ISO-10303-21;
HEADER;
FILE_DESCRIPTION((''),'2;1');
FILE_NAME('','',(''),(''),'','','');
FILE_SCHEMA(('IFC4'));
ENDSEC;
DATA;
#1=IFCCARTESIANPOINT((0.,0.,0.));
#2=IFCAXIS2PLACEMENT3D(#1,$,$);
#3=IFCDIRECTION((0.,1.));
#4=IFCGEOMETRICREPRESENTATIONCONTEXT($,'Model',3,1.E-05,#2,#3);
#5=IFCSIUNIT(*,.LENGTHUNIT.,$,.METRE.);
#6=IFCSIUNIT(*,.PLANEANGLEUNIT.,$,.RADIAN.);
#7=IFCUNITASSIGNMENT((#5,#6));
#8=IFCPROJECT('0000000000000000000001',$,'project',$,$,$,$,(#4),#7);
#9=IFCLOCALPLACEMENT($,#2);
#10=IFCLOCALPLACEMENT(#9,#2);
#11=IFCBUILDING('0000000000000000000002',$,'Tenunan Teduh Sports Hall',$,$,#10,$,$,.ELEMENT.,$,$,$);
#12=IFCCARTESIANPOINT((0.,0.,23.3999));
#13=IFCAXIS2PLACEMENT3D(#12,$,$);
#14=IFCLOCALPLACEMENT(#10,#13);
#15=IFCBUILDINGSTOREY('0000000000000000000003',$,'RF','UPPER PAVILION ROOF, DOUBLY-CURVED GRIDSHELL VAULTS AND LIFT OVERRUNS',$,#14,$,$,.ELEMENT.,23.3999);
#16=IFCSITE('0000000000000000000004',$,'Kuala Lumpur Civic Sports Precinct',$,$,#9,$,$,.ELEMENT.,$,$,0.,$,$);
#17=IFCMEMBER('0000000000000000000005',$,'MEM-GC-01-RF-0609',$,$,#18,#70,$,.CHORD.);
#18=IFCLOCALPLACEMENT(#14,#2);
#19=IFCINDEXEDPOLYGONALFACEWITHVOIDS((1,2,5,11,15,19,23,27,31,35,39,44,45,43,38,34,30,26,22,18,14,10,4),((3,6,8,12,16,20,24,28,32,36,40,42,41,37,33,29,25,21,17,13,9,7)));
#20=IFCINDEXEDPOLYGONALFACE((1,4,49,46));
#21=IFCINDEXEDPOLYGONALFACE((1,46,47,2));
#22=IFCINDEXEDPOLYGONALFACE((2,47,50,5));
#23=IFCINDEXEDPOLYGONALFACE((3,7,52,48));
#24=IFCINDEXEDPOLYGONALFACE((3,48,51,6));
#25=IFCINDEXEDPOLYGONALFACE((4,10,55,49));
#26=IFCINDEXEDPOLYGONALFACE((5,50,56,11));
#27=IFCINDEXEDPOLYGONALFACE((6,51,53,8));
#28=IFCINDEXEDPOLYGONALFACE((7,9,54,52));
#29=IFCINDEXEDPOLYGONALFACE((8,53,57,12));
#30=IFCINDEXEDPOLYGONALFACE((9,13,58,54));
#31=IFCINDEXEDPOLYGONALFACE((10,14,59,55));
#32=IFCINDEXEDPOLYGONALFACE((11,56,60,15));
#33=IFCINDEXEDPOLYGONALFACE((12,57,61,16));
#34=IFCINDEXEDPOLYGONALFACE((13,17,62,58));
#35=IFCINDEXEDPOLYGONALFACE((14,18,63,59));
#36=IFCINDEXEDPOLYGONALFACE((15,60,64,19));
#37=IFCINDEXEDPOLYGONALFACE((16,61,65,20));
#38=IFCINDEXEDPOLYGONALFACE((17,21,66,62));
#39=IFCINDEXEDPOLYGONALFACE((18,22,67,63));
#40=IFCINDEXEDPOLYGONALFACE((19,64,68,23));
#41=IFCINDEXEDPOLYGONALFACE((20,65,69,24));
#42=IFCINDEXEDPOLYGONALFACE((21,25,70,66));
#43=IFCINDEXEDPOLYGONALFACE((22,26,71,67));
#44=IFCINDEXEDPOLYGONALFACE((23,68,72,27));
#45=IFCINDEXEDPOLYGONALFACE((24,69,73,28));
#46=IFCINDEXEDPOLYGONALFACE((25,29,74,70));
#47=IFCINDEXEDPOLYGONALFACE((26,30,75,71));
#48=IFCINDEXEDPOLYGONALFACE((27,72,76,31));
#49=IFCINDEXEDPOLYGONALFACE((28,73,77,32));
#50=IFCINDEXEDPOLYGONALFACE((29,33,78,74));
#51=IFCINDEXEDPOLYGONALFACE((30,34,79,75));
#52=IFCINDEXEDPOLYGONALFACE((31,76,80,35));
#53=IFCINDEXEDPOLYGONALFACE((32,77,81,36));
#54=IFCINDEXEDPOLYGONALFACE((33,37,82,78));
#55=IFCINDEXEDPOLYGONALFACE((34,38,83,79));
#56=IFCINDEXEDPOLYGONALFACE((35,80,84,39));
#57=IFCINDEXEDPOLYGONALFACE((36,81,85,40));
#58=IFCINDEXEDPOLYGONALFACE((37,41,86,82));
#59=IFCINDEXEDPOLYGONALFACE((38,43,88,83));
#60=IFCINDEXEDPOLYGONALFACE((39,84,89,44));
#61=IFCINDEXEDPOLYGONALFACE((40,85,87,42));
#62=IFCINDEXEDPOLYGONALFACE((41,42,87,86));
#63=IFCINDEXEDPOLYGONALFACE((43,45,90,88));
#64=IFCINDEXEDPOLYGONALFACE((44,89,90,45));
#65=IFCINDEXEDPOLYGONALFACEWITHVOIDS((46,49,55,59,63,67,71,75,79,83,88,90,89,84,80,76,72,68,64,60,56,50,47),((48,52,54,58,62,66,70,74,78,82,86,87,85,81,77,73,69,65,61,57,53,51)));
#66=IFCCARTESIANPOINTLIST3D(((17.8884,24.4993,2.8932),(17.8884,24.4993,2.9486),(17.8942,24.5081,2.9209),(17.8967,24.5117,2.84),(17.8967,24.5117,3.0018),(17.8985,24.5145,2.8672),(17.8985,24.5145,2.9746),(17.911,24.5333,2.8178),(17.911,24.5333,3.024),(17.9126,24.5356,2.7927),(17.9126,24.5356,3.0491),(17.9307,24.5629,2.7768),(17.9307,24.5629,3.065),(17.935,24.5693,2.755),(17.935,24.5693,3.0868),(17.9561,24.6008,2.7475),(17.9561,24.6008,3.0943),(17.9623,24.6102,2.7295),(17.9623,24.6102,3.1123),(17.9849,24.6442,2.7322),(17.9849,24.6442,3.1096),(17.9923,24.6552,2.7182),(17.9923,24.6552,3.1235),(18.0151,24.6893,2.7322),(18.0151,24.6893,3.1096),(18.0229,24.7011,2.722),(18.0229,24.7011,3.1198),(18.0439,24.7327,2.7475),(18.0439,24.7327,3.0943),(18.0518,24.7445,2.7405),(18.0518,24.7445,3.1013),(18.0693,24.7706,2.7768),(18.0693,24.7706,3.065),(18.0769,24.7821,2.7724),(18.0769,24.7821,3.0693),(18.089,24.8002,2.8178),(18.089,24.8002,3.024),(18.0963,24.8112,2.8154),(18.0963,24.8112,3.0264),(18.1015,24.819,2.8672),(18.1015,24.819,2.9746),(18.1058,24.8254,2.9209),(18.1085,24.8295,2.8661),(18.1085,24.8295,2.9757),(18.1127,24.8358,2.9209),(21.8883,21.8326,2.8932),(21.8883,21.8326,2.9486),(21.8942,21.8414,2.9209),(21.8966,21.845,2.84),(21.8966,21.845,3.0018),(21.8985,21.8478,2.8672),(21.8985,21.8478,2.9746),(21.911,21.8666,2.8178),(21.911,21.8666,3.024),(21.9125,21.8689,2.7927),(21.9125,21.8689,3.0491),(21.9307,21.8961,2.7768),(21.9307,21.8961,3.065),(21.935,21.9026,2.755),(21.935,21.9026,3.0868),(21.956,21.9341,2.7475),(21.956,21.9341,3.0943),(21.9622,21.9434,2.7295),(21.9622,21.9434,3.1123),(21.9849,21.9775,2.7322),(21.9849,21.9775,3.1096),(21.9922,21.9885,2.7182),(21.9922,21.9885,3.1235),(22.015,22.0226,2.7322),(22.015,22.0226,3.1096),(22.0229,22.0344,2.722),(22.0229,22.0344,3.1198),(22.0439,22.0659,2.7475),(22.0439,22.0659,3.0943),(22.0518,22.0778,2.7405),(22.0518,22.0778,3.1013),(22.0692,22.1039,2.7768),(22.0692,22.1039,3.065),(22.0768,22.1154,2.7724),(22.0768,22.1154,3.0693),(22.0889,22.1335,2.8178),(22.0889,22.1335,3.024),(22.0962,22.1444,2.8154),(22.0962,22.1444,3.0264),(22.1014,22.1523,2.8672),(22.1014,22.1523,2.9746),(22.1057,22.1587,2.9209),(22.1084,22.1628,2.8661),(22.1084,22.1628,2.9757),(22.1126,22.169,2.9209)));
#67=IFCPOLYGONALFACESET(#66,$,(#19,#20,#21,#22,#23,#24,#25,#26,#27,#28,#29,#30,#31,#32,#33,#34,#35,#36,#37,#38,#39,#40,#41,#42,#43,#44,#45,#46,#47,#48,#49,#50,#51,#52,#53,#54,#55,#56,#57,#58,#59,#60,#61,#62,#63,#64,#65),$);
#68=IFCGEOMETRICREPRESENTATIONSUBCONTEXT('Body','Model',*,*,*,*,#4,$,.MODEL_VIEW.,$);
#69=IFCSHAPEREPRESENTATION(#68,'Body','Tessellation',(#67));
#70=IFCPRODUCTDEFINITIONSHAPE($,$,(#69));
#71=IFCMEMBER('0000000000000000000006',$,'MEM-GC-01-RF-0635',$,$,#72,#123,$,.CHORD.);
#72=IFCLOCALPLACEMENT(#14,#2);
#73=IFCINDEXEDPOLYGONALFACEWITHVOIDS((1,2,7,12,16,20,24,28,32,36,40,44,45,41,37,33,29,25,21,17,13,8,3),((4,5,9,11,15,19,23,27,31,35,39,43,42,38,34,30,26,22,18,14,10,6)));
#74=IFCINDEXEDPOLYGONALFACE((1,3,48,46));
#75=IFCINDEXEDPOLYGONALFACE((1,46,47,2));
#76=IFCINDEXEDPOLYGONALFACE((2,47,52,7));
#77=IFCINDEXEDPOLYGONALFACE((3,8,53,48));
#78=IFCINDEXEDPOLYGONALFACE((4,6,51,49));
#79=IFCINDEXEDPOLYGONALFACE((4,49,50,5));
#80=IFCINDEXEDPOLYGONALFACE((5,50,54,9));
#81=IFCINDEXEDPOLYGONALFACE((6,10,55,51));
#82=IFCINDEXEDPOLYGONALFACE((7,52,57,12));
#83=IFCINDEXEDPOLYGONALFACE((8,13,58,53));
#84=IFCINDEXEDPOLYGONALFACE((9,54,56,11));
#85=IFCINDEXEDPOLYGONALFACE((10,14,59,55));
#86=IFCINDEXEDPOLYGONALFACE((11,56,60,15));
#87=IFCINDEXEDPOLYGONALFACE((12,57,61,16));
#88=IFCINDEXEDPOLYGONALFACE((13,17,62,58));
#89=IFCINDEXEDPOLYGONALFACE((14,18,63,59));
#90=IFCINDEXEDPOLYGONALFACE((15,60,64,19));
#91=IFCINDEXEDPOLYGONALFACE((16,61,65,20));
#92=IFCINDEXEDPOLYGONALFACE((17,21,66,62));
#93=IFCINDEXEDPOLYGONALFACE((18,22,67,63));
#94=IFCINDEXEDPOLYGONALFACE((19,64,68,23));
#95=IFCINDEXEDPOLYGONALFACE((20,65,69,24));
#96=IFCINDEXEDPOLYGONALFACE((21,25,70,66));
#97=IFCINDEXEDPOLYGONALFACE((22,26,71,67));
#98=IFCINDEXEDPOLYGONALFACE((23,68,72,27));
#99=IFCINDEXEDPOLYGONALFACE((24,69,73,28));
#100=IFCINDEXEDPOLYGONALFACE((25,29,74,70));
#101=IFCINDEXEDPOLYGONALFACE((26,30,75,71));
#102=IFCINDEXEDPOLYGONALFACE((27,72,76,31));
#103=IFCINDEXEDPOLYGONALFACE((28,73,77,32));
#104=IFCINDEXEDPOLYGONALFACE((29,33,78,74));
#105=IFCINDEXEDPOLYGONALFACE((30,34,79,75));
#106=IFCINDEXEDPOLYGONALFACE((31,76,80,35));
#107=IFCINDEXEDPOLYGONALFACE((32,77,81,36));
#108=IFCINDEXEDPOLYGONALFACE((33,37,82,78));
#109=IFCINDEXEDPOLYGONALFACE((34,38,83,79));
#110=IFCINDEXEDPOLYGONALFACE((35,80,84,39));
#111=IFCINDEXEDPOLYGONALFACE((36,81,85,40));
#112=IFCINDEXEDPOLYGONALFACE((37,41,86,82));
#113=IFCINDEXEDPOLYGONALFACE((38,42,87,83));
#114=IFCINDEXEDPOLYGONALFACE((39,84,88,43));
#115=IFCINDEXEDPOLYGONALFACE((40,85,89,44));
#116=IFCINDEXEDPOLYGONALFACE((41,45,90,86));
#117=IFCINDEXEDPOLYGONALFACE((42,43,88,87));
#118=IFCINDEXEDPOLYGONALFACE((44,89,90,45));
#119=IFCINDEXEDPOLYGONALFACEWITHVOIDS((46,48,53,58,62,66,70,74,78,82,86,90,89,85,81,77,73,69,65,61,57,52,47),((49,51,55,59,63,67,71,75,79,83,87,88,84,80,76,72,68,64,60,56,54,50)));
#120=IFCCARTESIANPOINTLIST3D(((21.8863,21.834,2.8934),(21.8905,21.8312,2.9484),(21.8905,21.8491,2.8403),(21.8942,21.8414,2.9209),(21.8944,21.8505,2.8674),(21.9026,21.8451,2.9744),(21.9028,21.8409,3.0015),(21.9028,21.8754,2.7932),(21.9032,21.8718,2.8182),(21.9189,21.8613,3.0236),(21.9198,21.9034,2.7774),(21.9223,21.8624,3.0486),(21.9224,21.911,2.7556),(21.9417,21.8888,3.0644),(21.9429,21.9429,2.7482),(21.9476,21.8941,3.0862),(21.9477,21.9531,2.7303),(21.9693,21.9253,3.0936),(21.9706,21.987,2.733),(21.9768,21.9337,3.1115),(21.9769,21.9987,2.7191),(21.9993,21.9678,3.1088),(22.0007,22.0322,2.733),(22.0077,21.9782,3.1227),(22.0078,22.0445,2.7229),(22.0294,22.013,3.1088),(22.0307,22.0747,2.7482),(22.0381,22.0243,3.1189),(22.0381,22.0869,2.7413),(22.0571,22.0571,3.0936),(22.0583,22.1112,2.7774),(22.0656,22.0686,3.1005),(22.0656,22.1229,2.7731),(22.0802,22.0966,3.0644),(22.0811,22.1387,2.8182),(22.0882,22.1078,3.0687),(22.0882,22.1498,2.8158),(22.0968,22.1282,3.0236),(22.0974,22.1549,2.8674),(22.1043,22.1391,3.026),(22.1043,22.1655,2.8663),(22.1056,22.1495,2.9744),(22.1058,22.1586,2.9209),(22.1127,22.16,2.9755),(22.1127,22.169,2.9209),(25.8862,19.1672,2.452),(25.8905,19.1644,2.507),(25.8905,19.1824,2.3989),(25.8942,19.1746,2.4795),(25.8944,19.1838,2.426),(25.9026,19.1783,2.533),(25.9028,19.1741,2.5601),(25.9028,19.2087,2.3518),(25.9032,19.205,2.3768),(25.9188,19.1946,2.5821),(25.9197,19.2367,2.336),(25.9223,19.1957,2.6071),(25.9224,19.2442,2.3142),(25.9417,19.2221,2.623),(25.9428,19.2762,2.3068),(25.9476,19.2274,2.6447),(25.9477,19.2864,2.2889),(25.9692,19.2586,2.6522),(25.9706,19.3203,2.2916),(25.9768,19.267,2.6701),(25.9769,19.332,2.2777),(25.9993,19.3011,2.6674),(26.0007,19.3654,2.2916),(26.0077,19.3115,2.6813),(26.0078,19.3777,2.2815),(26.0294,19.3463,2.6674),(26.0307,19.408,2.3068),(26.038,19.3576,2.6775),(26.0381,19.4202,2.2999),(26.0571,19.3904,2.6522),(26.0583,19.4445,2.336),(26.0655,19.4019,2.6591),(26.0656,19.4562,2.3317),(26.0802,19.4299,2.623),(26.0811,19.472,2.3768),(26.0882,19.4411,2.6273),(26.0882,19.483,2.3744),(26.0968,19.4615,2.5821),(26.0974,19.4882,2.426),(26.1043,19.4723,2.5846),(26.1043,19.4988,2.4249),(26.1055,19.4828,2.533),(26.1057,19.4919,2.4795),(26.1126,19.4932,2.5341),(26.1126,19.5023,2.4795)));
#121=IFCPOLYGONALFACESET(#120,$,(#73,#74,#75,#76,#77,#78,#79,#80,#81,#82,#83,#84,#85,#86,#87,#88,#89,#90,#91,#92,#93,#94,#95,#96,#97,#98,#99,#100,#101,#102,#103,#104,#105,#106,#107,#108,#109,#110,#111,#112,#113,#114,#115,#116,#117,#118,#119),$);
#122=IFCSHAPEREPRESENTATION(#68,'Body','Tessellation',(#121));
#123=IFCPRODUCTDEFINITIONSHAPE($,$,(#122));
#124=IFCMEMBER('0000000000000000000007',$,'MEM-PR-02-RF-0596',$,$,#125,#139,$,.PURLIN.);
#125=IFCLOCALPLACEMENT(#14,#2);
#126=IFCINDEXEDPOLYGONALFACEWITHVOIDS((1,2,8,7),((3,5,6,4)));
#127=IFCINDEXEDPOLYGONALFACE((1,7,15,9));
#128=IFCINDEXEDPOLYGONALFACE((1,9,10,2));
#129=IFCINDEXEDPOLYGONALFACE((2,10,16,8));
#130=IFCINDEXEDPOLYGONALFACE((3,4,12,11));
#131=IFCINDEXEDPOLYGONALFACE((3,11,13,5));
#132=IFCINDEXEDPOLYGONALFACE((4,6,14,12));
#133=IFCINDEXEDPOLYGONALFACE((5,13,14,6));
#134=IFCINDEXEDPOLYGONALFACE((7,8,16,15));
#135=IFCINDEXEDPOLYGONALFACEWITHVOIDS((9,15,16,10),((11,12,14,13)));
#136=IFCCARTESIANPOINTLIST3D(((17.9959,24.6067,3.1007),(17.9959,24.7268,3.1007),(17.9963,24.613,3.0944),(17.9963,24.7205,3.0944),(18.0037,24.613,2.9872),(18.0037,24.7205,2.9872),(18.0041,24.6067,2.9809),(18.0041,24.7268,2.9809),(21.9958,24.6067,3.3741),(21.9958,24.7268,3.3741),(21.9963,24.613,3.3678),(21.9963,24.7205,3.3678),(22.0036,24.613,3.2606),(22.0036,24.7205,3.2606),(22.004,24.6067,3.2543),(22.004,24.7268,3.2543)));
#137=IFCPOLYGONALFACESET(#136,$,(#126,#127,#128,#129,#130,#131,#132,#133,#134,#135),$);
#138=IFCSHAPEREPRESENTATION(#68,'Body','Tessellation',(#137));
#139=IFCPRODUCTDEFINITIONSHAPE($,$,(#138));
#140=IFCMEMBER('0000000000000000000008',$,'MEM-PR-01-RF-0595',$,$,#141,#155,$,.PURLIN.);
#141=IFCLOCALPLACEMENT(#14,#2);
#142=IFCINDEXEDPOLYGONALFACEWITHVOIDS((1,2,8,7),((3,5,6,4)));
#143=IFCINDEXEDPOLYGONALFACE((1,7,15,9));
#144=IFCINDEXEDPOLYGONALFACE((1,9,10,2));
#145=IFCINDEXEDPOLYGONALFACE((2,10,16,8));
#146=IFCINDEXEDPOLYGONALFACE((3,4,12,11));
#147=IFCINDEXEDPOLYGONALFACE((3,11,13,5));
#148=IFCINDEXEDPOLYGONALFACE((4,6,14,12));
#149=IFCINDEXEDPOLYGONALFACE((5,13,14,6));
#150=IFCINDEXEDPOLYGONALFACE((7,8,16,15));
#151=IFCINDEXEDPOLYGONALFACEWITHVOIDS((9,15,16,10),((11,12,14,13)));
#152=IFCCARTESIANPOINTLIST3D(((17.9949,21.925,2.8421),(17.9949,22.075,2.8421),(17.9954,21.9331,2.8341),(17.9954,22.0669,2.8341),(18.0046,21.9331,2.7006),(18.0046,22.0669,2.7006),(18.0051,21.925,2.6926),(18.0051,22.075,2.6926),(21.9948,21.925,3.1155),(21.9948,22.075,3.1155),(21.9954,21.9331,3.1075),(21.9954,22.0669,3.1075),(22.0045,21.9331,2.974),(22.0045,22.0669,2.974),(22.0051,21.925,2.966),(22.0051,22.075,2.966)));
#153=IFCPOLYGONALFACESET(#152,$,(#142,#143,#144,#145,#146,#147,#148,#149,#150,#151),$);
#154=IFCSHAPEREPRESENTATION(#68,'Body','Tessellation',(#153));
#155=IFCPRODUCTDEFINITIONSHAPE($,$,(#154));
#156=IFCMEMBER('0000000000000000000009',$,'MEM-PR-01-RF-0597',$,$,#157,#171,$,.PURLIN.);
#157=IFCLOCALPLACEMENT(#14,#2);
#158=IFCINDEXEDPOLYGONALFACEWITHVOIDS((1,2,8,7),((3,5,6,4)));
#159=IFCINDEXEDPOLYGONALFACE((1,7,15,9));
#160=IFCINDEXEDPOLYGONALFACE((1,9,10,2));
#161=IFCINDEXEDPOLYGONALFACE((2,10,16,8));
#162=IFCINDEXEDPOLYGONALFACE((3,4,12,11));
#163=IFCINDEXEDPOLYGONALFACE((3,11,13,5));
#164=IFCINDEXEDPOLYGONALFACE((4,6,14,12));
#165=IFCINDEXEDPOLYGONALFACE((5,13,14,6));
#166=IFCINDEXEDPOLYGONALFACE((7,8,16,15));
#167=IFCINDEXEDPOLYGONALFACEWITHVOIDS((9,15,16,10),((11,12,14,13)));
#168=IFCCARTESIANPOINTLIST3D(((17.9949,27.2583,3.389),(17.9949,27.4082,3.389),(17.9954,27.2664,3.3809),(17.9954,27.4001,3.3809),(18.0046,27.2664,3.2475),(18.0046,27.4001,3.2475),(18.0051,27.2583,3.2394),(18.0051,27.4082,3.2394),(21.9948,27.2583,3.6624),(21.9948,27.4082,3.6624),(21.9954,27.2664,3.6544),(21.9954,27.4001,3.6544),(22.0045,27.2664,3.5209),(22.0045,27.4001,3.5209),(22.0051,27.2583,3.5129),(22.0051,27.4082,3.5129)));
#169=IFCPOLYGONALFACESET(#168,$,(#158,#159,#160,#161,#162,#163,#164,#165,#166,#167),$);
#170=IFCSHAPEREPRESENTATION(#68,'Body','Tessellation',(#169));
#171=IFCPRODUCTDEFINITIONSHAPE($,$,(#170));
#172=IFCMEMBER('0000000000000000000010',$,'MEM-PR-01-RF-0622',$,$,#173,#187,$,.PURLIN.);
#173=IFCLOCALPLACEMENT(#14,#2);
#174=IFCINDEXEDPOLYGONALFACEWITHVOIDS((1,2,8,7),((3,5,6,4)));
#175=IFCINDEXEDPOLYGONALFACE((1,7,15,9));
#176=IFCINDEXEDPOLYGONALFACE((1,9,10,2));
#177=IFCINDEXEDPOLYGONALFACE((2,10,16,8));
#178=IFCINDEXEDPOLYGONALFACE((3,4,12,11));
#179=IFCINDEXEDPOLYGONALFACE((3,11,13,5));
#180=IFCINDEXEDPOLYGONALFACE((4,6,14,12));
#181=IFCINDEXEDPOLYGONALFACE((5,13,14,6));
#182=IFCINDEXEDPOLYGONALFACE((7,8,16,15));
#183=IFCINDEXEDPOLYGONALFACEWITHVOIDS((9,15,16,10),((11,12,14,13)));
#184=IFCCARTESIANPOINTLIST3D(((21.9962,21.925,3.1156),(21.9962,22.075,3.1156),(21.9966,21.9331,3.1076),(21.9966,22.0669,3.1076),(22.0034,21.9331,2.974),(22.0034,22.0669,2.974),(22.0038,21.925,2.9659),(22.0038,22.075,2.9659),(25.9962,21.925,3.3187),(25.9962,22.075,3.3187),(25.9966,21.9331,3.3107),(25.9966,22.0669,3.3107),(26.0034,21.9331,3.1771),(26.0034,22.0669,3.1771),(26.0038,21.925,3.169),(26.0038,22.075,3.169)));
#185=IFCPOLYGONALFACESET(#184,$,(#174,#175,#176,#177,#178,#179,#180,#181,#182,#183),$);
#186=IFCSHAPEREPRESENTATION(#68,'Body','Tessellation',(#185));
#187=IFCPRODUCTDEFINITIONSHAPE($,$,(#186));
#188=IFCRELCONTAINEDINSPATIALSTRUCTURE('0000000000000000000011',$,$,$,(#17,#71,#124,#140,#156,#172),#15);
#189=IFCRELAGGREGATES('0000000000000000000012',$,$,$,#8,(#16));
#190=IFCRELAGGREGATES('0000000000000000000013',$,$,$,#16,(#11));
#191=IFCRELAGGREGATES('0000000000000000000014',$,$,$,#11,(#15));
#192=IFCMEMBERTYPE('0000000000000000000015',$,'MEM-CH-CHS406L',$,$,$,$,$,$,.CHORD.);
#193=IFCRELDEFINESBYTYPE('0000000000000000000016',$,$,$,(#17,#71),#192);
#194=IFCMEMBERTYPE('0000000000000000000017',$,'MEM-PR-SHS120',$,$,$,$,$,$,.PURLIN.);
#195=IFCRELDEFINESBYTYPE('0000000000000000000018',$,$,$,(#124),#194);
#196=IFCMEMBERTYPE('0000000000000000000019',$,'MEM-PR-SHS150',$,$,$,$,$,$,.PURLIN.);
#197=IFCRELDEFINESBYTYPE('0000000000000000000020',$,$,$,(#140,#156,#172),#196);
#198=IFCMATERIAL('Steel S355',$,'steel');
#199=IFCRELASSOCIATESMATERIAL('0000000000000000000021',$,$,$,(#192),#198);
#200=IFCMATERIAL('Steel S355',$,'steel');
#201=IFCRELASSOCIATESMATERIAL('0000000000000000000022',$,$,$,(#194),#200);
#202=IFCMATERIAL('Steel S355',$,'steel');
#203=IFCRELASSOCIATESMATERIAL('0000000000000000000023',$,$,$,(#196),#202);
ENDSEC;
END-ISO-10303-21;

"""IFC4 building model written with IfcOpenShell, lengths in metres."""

from ifc_helpers import new_model, si_unit, direction, frame, origin, origin_2d, place, context, subcontext, project, spatial, hollow_rectangle, hollow_circle, extrude, material, material_profile, profile_set, type_object, element, save


model = new_model("IFC4")

# Units and contexts
model_context = context("Model", 3, precision=1e-05, world=origin(), true_north=direction((0.0, 1.0)))
body_context = subcontext(model_context, "Body", "Model", "MODEL_VIEW")
ifc_project = project(units=[si_unit("LENGTHUNIT", "METRE"), si_unit("PLANEANGLEUNIT", "RADIAN")], contexts=[model_context])

# Site, building, storey
site_placement = place(None, origin())
site = spatial("IfcSite", under=ifc_project, at=site_placement, Name="Kuala Lumpur Civic Sports Precinct", CompositionType="ELEMENT", RefElevation=0.0)
building_placement = place(site_placement, origin())
building = spatial("IfcBuilding", under=site, at=building_placement, Name="Tenunan Teduh Sports Hall", CompositionType="ELEMENT")
storey_placement = place(building_placement, frame((0.0, 0.0, 23.3999)))
storey = spatial("IfcBuildingStorey", under=building, at=storey_placement, Name="RF", Description="UPPER PAVILION ROOF, DOUBLY-CURVED GRIDSHELL VAULTS AND LIFT OVERRUNS", CompositionType="ELEMENT", Elevation=23.3999)

# Members
ifc_material_1 = material(Name="Steel S355", Category="steel")
ifc_material_profile_1 = material_profile(ifc_material_1, hollow_circle(Radius=0.2031, WallThickness=0.0125, at=origin_2d()), Name="CHS 406.4x12.5")
ifc_profile_set_1 = profile_set([ifc_material_profile_1], Name="Steel S355")
member_type_1 = type_object("IfcMemberType", Name="MEM-CH-CHS406L", PredefinedType="CHORD", material=ifc_profile_set_1)
for number, where, z_axis, x_axis, name in (
    (1, (18.0, 24.6667, 2.9209), (0.832042, -0.554712, 0.0), (0.554712, 0.832042, 0.0), "MEM-GC-01-RF-0609"),
):
    element("IfcMember", number, at=place(storey_placement, frame(where, z_axis=z_axis, x_axis=x_axis)), inside=storey, type_object=member_type_1, Name=name, PredefinedType="CHORD", context=body_context, shape_type="SweptSolid", body=[
        extrude(hollow_circle(Radius=0.2031, WallThickness=0.0125, at=origin_2d()), origin(), (0.0, 0.0, 1.0), 4.8074),
    ])
member_1_placement = place(storey_placement, frame((22.0, 22.0, 2.9209), z_axis=(0.828557, -0.552388, -0.091433), x_axis=(0.554712, 0.832042, 0.0)))
element("IfcMember", 2, at=member_1_placement, inside=storey, type_object=member_type_1, Name="MEM-GC-01-RF-0635", PredefinedType="CHORD", context=body_context, shape_type="SweptSolid", body=[
    extrude(hollow_circle(Radius=0.2031, WallThickness=0.0125, at=origin_2d()), origin(), (0.0, 0.0, 1.0), 4.8276),
])
ifc_material_2 = material(Name="Steel S355", Category="steel")
ifc_material_profile_2 = material_profile(ifc_material_2, hollow_rectangle(XDim=0.1201, YDim=0.1201, WallThickness=0.0063, at=origin_2d()), Name="SHS 120x120x6.3")
ifc_profile_set_2 = profile_set([ifc_material_profile_2], Name="Steel S355")
member_type_2 = type_object("IfcMemberType", Name="MEM-PR-SHS120", PredefinedType="PURLIN", material=ifc_profile_set_2)
member_2_placement = place(storey_placement, frame((18.0, 24.6667, 3.0408), z_axis=(0.997672, 0.0, 0.0682), x_axis=(0.0, 1.0, 0.0)))
element("IfcMember", 3, at=member_2_placement, inside=storey, type_object=member_type_2, Name="MEM-PR-02-RF-0596", PredefinedType="PURLIN", context=body_context, shape_type="SweptSolid", body=[
    extrude(hollow_rectangle(XDim=0.1201, YDim=0.1201, WallThickness=0.0063, at=origin_2d()), origin(), (0.0, 0.0, 1.0), 4.0093),
])
ifc_material_3 = material(Name="Steel S355", Category="steel")
ifc_material_profile_3 = material_profile(ifc_material_3, hollow_rectangle(XDim=0.1499, YDim=0.1499, WallThickness=0.0081, at=origin_2d()), Name="SHS 150x150x8.0")
ifc_profile_set_3 = profile_set([ifc_material_profile_3], Name="Steel S355")
member_type_3 = type_object("IfcMemberType", Name="MEM-PR-SHS150", PredefinedType="PURLIN", material=ifc_profile_set_3)
for number, where, z_axis, x_axis, name in (
    (4, (18.0, 22.0, 2.7673), (0.997672, 0.0, 0.0682), (0.0, 1.0, 0.0), "MEM-PR-01-RF-0595"),
    (5, (18.0, 27.3333, 3.3142), (0.997672, 0.0, 0.0682), (0.0, 1.0, 0.0), "MEM-PR-01-RF-0597"),
):
    element("IfcMember", number, at=place(storey_placement, frame(where, z_axis=z_axis, x_axis=x_axis)), inside=storey, type_object=member_type_3, Name=name, PredefinedType="PURLIN", context=body_context, shape_type="SweptSolid", body=[
        extrude(hollow_rectangle(XDim=0.1499, YDim=0.1499, WallThickness=0.0081, at=origin_2d()), origin(), (0.0, 0.0, 1.0), 4.0093),
    ])
member_3_placement = place(storey_placement, frame((22.0, 22.0, 3.0408), z_axis=(0.998713, 0.0, 0.050716), x_axis=(0.0, 1.0, 0.0)))
element("IfcMember", 6, at=member_3_placement, inside=storey, type_object=member_type_3, Name="MEM-PR-01-RF-0622", PredefinedType="PURLIN", context=body_context, shape_type="SweptSolid", body=[
    extrude(hollow_rectangle(XDim=0.1499, YDim=0.1499, WallThickness=0.0081, at=origin_2d()), origin(), (0.0, 0.0, 1.0), 4.0051),
])

save(model, "model.ifc")
